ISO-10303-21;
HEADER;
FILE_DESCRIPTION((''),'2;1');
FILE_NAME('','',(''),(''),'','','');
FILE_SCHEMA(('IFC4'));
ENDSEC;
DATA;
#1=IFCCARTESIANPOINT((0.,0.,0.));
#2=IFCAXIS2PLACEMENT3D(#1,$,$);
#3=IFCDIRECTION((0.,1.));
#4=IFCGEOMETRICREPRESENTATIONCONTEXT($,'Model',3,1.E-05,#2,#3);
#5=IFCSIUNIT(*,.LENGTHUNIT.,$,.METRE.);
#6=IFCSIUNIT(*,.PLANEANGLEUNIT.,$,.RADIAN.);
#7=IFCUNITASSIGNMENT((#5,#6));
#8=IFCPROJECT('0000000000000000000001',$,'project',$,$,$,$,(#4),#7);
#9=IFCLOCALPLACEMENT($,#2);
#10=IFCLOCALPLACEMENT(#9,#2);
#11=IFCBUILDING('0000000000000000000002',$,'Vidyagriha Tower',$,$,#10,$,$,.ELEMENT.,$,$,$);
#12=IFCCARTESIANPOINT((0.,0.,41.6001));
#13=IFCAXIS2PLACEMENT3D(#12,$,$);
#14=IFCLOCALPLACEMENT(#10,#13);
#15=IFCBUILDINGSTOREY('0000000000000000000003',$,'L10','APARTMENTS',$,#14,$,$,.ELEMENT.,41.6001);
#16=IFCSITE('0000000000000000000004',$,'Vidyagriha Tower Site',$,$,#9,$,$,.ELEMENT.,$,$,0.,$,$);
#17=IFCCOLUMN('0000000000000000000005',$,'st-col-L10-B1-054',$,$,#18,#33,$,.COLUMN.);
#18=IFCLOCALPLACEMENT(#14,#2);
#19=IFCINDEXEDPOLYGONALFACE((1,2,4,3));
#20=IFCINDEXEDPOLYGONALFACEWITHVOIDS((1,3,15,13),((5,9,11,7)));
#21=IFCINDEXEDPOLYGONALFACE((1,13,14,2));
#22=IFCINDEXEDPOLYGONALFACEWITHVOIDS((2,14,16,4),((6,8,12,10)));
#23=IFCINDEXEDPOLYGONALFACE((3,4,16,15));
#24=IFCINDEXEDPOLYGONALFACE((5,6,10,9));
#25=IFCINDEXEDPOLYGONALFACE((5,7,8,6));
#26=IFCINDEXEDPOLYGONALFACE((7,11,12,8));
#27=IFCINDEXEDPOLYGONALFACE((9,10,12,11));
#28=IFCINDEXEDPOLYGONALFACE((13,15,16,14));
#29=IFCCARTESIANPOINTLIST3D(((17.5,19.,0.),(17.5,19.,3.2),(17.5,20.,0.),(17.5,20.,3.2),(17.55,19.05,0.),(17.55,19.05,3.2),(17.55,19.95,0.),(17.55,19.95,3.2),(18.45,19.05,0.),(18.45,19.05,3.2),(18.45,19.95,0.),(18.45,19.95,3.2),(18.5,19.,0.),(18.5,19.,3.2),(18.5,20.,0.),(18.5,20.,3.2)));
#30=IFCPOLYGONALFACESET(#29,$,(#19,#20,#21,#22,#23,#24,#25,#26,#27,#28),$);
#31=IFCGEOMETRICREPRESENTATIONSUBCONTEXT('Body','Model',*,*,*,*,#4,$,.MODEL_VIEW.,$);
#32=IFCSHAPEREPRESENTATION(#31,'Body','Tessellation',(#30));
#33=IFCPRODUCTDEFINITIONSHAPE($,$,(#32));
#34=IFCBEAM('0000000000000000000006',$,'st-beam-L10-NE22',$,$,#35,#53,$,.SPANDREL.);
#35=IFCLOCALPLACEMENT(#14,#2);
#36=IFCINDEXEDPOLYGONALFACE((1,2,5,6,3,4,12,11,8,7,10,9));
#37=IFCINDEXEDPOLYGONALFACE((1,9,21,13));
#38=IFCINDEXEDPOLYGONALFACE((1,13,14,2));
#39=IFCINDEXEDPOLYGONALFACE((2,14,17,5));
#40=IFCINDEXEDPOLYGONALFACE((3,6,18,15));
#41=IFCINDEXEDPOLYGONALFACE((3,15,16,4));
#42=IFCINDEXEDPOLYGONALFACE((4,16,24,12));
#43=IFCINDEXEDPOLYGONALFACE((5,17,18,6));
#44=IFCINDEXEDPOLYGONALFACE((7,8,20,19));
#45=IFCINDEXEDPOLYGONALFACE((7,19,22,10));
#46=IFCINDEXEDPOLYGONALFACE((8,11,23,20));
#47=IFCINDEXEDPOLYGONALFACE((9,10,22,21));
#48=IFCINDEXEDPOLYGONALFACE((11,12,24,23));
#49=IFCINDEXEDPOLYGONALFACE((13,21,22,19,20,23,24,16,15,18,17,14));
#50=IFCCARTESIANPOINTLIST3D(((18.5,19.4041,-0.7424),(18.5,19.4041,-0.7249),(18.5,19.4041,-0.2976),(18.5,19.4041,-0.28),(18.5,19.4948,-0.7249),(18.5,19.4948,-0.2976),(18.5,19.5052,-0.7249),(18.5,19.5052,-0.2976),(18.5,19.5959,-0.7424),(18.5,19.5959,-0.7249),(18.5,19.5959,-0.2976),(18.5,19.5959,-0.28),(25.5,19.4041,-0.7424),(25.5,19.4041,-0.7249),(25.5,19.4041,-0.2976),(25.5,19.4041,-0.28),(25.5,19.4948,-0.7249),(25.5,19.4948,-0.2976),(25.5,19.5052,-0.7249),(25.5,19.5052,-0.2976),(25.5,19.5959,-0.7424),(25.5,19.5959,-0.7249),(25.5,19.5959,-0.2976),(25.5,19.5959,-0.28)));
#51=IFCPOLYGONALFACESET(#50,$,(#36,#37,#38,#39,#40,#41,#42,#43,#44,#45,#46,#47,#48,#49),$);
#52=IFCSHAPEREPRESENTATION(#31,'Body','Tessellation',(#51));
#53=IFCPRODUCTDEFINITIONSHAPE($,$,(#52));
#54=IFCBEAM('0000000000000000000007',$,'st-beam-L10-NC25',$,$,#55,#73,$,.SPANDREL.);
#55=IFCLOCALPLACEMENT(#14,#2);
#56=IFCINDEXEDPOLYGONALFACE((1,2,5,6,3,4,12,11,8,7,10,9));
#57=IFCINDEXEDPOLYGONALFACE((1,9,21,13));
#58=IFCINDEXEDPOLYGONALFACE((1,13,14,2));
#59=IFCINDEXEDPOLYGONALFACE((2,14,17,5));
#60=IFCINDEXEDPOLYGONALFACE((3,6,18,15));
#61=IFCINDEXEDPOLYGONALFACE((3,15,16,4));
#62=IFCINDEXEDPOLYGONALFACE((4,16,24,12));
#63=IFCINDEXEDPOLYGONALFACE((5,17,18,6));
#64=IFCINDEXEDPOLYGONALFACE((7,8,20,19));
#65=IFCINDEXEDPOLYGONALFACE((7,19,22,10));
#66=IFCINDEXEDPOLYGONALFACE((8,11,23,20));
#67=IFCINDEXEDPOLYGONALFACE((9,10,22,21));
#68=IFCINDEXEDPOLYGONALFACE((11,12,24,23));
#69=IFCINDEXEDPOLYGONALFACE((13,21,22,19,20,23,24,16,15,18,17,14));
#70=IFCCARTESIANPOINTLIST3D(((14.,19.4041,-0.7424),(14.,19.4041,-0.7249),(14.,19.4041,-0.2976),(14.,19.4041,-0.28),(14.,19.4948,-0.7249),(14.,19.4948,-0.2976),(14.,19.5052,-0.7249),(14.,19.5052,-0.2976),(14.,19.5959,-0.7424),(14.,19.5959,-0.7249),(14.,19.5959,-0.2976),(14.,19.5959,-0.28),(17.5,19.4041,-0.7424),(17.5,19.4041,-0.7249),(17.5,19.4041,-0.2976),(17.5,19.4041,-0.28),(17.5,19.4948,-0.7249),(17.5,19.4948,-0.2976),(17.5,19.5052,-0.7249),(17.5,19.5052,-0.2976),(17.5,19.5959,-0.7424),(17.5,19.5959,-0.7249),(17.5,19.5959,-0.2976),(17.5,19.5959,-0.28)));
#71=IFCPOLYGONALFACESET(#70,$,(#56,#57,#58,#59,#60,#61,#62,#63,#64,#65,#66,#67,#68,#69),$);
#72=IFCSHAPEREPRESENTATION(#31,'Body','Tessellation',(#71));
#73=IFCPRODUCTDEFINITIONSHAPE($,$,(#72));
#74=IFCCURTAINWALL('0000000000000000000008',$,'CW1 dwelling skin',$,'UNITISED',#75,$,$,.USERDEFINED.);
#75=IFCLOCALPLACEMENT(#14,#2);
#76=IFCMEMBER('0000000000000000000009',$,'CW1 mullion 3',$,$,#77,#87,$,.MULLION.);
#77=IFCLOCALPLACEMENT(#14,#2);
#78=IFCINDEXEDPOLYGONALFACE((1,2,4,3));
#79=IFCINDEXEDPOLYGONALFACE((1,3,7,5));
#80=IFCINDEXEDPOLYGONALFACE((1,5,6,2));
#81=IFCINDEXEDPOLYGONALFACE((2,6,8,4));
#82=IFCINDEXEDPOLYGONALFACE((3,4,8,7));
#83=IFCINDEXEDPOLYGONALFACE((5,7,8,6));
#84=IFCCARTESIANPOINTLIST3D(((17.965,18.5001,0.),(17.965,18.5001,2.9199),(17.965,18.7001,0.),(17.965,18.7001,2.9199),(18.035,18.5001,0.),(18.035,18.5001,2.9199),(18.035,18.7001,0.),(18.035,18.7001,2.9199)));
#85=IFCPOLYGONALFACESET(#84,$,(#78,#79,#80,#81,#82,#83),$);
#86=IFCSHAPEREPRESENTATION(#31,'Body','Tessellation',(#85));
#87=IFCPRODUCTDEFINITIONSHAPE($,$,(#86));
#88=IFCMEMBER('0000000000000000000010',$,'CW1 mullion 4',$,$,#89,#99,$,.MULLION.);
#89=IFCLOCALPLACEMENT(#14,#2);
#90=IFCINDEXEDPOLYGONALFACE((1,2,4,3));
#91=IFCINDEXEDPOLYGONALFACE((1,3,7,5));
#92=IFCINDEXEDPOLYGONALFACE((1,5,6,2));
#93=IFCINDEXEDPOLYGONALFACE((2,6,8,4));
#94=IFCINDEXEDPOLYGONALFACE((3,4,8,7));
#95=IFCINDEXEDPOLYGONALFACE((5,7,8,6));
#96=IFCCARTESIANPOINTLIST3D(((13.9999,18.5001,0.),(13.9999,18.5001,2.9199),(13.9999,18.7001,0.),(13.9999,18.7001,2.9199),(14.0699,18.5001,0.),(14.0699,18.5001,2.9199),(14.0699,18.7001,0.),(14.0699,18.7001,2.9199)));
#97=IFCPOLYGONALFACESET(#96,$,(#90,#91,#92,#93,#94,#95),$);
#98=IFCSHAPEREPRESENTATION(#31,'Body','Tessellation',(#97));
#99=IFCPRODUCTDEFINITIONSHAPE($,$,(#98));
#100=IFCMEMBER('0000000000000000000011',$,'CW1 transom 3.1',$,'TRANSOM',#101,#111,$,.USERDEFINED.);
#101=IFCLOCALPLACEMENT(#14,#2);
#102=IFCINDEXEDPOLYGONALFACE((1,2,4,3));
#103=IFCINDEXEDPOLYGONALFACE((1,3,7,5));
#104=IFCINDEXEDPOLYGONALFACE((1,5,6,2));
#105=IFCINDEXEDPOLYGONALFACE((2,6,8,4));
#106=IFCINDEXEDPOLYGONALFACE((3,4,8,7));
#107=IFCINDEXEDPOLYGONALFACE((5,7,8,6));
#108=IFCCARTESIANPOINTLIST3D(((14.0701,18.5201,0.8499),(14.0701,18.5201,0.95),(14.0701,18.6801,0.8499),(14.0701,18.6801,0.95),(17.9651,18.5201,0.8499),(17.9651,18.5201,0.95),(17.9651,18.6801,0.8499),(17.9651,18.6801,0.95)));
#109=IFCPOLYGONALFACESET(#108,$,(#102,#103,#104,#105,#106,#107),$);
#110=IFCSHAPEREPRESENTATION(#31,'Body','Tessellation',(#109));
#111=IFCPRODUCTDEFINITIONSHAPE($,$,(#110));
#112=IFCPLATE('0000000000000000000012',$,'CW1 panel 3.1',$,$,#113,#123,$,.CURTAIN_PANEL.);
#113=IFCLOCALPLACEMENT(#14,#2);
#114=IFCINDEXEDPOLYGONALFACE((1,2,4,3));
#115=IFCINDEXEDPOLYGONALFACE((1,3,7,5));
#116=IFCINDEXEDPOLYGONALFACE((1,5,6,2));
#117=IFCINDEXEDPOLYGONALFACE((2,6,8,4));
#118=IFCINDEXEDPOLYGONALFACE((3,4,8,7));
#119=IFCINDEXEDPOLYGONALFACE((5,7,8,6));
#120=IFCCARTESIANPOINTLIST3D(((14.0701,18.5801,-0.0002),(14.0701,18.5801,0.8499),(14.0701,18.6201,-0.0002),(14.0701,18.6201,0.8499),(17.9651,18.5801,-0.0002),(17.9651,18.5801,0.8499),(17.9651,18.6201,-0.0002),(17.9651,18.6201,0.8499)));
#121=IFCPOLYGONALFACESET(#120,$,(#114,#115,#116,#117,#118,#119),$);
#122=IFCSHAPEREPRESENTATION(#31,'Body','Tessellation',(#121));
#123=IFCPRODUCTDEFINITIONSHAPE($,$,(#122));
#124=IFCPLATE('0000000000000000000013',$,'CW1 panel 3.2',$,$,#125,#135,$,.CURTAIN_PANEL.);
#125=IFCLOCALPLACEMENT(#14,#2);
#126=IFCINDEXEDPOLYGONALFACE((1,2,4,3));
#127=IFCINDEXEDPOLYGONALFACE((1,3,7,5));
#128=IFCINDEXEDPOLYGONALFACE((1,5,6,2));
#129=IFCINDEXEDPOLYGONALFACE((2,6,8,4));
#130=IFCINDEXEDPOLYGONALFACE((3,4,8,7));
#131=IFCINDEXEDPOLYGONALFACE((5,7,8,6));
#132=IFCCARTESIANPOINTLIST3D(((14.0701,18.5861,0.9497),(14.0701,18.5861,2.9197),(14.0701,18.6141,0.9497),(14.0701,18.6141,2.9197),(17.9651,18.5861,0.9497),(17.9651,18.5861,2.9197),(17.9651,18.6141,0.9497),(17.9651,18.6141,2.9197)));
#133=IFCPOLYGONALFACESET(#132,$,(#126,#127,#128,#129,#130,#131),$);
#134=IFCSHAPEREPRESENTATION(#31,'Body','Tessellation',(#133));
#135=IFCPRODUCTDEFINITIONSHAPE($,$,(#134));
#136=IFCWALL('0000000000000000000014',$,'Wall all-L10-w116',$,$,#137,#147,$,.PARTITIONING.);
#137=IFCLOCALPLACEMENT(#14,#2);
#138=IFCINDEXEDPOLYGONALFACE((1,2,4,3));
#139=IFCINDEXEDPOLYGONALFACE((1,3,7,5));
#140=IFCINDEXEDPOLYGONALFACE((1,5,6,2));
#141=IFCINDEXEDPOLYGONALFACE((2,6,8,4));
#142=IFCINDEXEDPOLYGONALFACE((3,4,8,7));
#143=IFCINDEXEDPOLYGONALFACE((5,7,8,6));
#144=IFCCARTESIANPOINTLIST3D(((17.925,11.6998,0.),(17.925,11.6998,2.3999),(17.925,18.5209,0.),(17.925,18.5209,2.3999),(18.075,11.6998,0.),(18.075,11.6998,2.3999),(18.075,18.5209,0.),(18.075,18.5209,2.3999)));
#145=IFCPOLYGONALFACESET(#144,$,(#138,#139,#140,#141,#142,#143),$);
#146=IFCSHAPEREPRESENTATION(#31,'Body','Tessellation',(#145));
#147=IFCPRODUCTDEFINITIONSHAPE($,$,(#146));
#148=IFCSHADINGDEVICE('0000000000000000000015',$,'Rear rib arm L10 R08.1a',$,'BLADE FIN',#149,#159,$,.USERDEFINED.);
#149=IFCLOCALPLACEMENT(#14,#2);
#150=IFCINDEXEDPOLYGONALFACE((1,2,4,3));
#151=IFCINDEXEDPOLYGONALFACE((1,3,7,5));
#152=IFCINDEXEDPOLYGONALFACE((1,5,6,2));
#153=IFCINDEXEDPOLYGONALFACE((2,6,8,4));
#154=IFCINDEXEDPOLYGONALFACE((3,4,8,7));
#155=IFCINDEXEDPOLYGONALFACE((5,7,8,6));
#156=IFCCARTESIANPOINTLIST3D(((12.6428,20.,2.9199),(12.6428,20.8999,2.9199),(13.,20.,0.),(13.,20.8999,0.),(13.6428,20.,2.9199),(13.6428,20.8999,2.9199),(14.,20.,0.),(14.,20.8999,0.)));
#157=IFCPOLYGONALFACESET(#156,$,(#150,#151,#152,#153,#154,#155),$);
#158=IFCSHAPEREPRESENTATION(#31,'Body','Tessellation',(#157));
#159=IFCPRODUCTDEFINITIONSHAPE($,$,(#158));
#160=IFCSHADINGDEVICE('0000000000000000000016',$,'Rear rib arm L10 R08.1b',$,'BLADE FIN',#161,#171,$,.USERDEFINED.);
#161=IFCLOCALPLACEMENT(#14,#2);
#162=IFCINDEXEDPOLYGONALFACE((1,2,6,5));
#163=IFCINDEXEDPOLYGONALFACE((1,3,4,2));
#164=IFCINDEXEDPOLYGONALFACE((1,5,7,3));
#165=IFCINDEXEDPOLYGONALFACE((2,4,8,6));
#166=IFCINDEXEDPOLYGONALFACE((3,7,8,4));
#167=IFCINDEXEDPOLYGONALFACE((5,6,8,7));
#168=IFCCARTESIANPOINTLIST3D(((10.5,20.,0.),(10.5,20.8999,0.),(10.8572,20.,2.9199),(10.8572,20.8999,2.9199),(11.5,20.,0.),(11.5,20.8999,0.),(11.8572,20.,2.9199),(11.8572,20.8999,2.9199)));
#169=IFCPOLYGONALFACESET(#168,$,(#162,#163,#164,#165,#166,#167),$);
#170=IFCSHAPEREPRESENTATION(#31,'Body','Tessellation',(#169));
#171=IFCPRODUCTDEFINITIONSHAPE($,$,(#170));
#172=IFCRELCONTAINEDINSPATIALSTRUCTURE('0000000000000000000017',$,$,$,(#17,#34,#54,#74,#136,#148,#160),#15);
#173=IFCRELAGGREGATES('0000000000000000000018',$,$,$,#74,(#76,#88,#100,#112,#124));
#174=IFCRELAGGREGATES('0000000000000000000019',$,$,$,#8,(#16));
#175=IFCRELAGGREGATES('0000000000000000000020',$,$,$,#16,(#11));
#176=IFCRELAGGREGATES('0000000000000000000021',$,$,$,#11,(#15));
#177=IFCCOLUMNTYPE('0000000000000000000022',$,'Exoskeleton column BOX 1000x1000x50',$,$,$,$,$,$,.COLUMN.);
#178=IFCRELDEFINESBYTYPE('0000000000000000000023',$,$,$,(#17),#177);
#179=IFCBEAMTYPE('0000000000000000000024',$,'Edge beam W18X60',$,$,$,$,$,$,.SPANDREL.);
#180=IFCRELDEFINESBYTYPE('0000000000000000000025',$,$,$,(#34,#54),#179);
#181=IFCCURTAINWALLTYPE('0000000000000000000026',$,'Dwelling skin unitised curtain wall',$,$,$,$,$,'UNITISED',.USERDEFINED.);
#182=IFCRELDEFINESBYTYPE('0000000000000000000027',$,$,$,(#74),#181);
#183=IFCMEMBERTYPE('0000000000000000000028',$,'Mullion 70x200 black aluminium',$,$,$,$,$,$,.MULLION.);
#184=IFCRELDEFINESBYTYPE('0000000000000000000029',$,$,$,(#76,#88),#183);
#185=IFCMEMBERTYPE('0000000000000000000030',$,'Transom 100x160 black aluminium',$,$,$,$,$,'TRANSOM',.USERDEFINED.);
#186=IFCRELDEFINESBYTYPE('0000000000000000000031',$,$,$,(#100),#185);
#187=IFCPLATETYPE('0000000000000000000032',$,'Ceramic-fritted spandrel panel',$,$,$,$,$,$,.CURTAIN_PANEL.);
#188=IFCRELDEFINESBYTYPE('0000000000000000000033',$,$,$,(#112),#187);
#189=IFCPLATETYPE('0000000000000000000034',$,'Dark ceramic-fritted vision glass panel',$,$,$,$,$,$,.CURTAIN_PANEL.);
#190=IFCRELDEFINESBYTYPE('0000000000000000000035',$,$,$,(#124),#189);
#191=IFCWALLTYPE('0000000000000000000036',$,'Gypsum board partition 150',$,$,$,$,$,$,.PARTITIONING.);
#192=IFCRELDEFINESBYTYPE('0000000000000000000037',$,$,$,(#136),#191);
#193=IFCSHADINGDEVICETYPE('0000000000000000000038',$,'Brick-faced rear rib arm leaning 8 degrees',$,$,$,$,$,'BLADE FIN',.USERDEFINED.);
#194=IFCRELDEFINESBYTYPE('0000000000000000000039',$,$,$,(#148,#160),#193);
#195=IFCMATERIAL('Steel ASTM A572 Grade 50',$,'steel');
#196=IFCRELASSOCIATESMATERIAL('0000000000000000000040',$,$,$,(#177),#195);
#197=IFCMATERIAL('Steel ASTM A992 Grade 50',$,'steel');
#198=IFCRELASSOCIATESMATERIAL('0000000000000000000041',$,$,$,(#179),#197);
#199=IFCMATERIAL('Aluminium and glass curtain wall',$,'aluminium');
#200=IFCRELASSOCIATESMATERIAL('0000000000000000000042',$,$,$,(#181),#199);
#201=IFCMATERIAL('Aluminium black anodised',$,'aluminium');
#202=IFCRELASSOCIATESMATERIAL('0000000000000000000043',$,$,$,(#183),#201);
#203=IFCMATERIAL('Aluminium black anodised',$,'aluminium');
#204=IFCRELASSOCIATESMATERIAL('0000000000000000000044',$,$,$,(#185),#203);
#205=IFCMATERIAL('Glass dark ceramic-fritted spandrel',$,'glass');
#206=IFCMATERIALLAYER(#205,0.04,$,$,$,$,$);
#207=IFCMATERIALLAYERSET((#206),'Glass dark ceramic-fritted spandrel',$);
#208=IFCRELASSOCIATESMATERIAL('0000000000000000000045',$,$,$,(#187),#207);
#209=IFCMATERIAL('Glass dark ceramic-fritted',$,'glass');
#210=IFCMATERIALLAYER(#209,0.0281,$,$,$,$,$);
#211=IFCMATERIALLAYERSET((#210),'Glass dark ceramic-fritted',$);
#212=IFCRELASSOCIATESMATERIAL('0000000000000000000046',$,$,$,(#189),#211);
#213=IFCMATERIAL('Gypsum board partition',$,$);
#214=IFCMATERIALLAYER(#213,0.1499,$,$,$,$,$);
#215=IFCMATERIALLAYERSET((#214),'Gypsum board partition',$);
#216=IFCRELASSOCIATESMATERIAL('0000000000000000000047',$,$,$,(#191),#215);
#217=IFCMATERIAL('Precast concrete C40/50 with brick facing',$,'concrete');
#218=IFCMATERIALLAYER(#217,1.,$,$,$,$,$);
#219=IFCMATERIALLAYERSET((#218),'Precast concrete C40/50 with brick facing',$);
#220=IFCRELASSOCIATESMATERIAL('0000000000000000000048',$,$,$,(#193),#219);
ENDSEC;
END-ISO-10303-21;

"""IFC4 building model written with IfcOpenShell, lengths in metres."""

from ifc_helpers import new_model, si_unit, direction, frame, frame_2d, origin, origin_2d, place, context, subcontext, project, spatial, polyline, rectangle, hollow_rectangle, i_section, outline, extrude, material, layer, layer_set, material_profile, profile_set, type_object, element, aggregate, save


model = new_model("IFC4")

# Units and contexts
model_context = context("Model", 3, precision=1e-05, world=origin(), true_north=direction((0.0, 1.0)))
body_context = subcontext(model_context, "Body", "Model", "MODEL_VIEW")
ifc_project = project(units=[si_unit("LENGTHUNIT", "METRE"), si_unit("PLANEANGLEUNIT", "RADIAN")], contexts=[model_context])

# Site, building, storey
site_placement = place(None, origin())
site = spatial("IfcSite", under=ifc_project, at=site_placement, Name="Vidyagriha Tower Site", CompositionType="ELEMENT", RefElevation=0.0)
building_placement = place(site_placement, origin())
building = spatial("IfcBuilding", under=site, at=building_placement, Name="Vidyagriha Tower", CompositionType="ELEMENT")
storey_placement = place(building_placement, frame((0.0, 0.0, 41.6001)))
storey = spatial("IfcBuildingStorey", under=building, at=storey_placement, Name="L10", Description="APARTMENTS", CompositionType="ELEMENT", Elevation=41.6001)

# Column
ifc_material_1 = material(Name="Steel ASTM A572 Grade 50", Category="steel")
ifc_material_profile_1 = material_profile(ifc_material_1, hollow_rectangle(XDim=1.0, YDim=1.0, WallThickness=0.05, at=origin_2d()), Name="BOX 1000x1000x50")
ifc_profile_set_1 = profile_set([ifc_material_profile_1], Name="Steel ASTM A572 Grade 50")
column_type = type_object("IfcColumnType", Name="Exoskeleton column BOX 1000x1000x50", PredefinedType="COLUMN", material=ifc_profile_set_1)
column_placement = place(storey_placement, frame((18.0, 19.5, 0.0)))
element("IfcColumn", 1, at=column_placement, inside=storey, type_object=column_type, Name="st-col-L10-B1-054", PredefinedType="COLUMN", context=body_context, shape_type="SweptSolid", body=[
    extrude(hollow_rectangle(XDim=1.0, YDim=1.0, WallThickness=0.05, at=origin_2d()), origin(), (0.0, 0.0, 1.0), 3.2),
])

# Beams
ifc_material_2 = material(Name="Steel ASTM A992 Grade 50", Category="steel")
ifc_material_profile_2 = material_profile(ifc_material_2, i_section(OverallWidth=0.1919, OverallDepth=0.4624, WebThickness=0.0105, FlangeThickness=0.0176, at=origin_2d()), Name="W18X60")
ifc_profile_set_2 = profile_set([ifc_material_profile_2], Name="Steel ASTM A992 Grade 50")
beam_type = type_object("IfcBeamType", Name="Edge beam W18X60", PredefinedType="SPANDREL", material=ifc_profile_set_2)
beam_1_placement = place(storey_placement, frame((18.5, 19.5, -0.5112), z_axis=(1.0, 0.0, 0.0), x_axis=(0.0, 1.0, 0.0)))
element("IfcBeam", 2, at=beam_1_placement, inside=storey, type_object=beam_type, Name="st-beam-L10-NE22", PredefinedType="SPANDREL", context=body_context, shape_type="SweptSolid", body=[
    extrude(i_section(OverallWidth=0.1919, OverallDepth=0.4624, WebThickness=0.0105, FlangeThickness=0.0176, at=origin_2d()), origin(), (0.0, 0.0, 1.0), 7.0),
])
beam_2_placement = place(storey_placement, frame((14.0, 19.5, -0.5112), z_axis=(1.0, 0.0, 0.0), x_axis=(0.0, 1.0, 0.0)))
element("IfcBeam", 3, at=beam_2_placement, inside=storey, type_object=beam_type, Name="st-beam-L10-NC25", PredefinedType="SPANDREL", context=body_context, shape_type="SweptSolid", body=[
    extrude(i_section(OverallWidth=0.1919, OverallDepth=0.4624, WebThickness=0.0105, FlangeThickness=0.0176, at=origin_2d()), origin(), (0.0, 0.0, 1.0), 3.5),
])

# Curtain wall, members, plates
ifc_material_3 = material(Name="Aluminium and glass curtain wall", Category="aluminium")
curtain_wall_type = type_object("IfcCurtainWallType", Name="Dwelling skin unitised curtain wall", ElementType="UNITISED", PredefinedType="USERDEFINED", material=ifc_material_3)
curtain_wall_placement = place(storey_placement, origin())
curtain_wall = element("IfcCurtainWall", 4, at=curtain_wall_placement, inside=storey, type_object=curtain_wall_type, Name="CW1 dwelling skin", ObjectType="UNITISED", PredefinedType="USERDEFINED")
ifc_material_4 = material(Name="Aluminium black anodised", Category="aluminium")
ifc_material_profile_3 = material_profile(ifc_material_4, rectangle(XDim=0.2, YDim=0.0701, at=origin_2d()), Name="Mullion 70x200 black aluminium")
ifc_profile_set_3 = profile_set([ifc_material_profile_3], Name="Aluminium black anodised")
member_type_1 = type_object("IfcMemberType", Name="Mullion 70x200 black aluminium", PredefinedType="MULLION", material=ifc_profile_set_3)
member_1_placement = place(storey_placement, frame((18.0, 18.6001, 0.0), z_axis=(0.0, 0.0, 1.0), x_axis=(0.0, -1.0, 0.0)))
member_1 = element("IfcMember", 5, at=member_1_placement, type_object=member_type_1, Name="CW1 mullion 3", PredefinedType="MULLION", context=body_context, shape_type="SweptSolid", body=[
    extrude(rectangle(XDim=0.2, YDim=0.0701, at=origin_2d()), origin(), (0.0, 0.0, 1.0), 2.9199),
])
member_2_placement = place(storey_placement, frame((14.0349, 18.6001, 0.0), z_axis=(0.0, 0.0, 1.0), x_axis=(0.0, -1.0, 0.0)))
member_2 = element("IfcMember", 6, at=member_2_placement, type_object=member_type_1, Name="CW1 mullion 4", PredefinedType="MULLION", context=body_context, shape_type="SweptSolid", body=[
    extrude(rectangle(XDim=0.2, YDim=0.0701, at=origin_2d()), origin(), (0.0, 0.0, 1.0), 2.9199),
])
ifc_material_5 = material(Name="Aluminium black anodised", Category="aluminium")
ifc_material_profile_4 = material_profile(ifc_material_5, rectangle(XDim=0.1599, YDim=0.1001, at=origin_2d()), Name="Transom 100x160 black aluminium")
ifc_profile_set_4 = profile_set([ifc_material_profile_4], Name="Aluminium black anodised")
member_type_2 = type_object("IfcMemberType", Name="Transom 100x160 black aluminium", ElementType="TRANSOM", PredefinedType="USERDEFINED", material=ifc_profile_set_4)
member_3_placement = place(storey_placement, frame((17.9651, 18.6001, 0.8999), z_axis=(-1.0, 0.0, 0.0), x_axis=(0.0, -1.0, 0.0)))
member_3 = element("IfcMember", 7, at=member_3_placement, type_object=member_type_2, Name="CW1 transom 3.1", ObjectType="TRANSOM", PredefinedType="USERDEFINED", context=body_context, shape_type="SweptSolid", body=[
    extrude(rectangle(XDim=0.1599, YDim=0.1001, at=origin_2d()), origin(), (0.0, 0.0, 1.0), 3.895),
])
ifc_material_6 = material(Name="Glass dark ceramic-fritted spandrel", Category="glass")
ifc_layer_1 = layer(ifc_material_6, 0.04)
ifc_layer_set_1 = layer_set([ifc_layer_1], Name="Glass dark ceramic-fritted spandrel")
plate_type_1 = type_object("IfcPlateType", Name="Ceramic-fritted spandrel panel", PredefinedType="CURTAIN_PANEL", material=ifc_layer_set_1)
plate_1_placement = place(storey_placement, frame((16.0176, 18.6001, -0.0002), z_axis=(0.0, 0.0, 1.0), x_axis=(-1.0, 0.0, 0.0)))
plate_1 = element("IfcPlate", 8, at=plate_1_placement, type_object=plate_type_1, Name="CW1 panel 3.1", PredefinedType="CURTAIN_PANEL", context=body_context, shape_type="SweptSolid", body=[
    extrude(rectangle(XDim=3.895, YDim=0.04, at=origin_2d()), origin(), (0.0, 0.0, 1.0), 0.8501),
])
ifc_material_7 = material(Name="Glass dark ceramic-fritted", Category="glass")
ifc_layer_2 = layer(ifc_material_7, 0.0281)
ifc_layer_set_2 = layer_set([ifc_layer_2], Name="Glass dark ceramic-fritted")
plate_type_2 = type_object("IfcPlateType", Name="Dark ceramic-fritted vision glass panel", PredefinedType="CURTAIN_PANEL", material=ifc_layer_set_2)
plate_2_placement = place(storey_placement, frame((16.0176, 18.6001, 0.9497), z_axis=(0.0, 0.0, 1.0), x_axis=(-1.0, 0.0, 0.0)))
plate_2 = element("IfcPlate", 9, at=plate_2_placement, type_object=plate_type_2, Name="CW1 panel 3.2", PredefinedType="CURTAIN_PANEL", context=body_context, shape_type="SweptSolid", body=[
    extrude(rectangle(XDim=3.895, YDim=0.0281, at=origin_2d()), origin(), (0.0, 0.0, 1.0), 1.97),
])
aggregate(curtain_wall, [member_1, member_2, member_3, plate_1, plate_2])

# Wall
ifc_material_8 = material(Name="Gypsum board partition")
ifc_layer_3 = layer(ifc_material_8, 0.1499)
ifc_layer_set_3 = layer_set([ifc_layer_3], Name="Gypsum board partition")
wall_type = type_object("IfcWallType", Name="Gypsum board partition 150", PredefinedType="PARTITIONING", material=ifc_layer_set_3)
wall_placement = place(storey_placement, frame((18.0, 18.521, 0.0), z_axis=(0.0, 0.0, 1.0), x_axis=(0.0, -1.0, 0.0)))
element("IfcWall", 10, at=wall_placement, inside=storey, type_object=wall_type, Name="Wall all-L10-w116", PredefinedType="PARTITIONING", context=body_context, shape_type="SweptSolid", body=[
    extrude(rectangle(XDim=6.821, YDim=0.1499, at=frame_2d((3.4106, 0.0))), origin(), (0.0, 0.0, 1.0), 2.3999),
])

# Shading devices
ifc_material_9 = material(Name="Precast concrete C40/50 with brick facing", Category="concrete")
ifc_layer_4 = layer(ifc_material_9, 1.0)
ifc_layer_set_4 = layer_set([ifc_layer_4], Name="Precast concrete C40/50 with brick facing")
shading_device_type_1 = type_object("IfcShadingDeviceType", Name="Brick-faced rear rib arm leaning 8 degrees", ElementType="BLADE FIN", PredefinedType="USERDEFINED", material=ifc_layer_set_4)
shading_device_1_placement = place(storey_placement, frame((14.0, 20.45, 0.0), z_axis=(0.0, 0.0, 1.0), x_axis=(-1.0, 0.0, 0.0)))
element("IfcShadingDevice", 11, at=shading_device_1_placement, inside=storey, type_object=shading_device_type_1, Name="Rear rib arm L10 R08.1a", ObjectType="BLADE FIN", PredefinedType="USERDEFINED", context=body_context, shape_type="SweptSolid", body=[
    extrude(outline(polyline([(0.0, 0.0), (1.0, 0.0), (1.3572, 2.9199), (0.3572, 2.9199), (0.0, 0.0)])), frame((0.0, 0.45, 0.0), z_axis=(0.0, -1.0, 0.0), x_axis=(1.0, 0.0, 0.0)), (0.0, 0.0, 1.0), 0.8999),
])
shading_device_2_placement = place(storey_placement, frame((11.8572, 20.45, 0.0), z_axis=(0.0, 0.0, 1.0), x_axis=(-1.0, 0.0, 0.0)))
element("IfcShadingDevice", 12, at=shading_device_2_placement, inside=storey, type_object=shading_device_type_1, Name="Rear rib arm L10 R08.1b", ObjectType="BLADE FIN", PredefinedType="USERDEFINED", context=body_context, shape_type="SweptSolid", body=[
    extrude(outline(polyline([(0.3572, 0.0), (1.3572, 0.0), (1.0, 2.9199), (0.0, 2.9199), (0.3572, 0.0)])), frame((0.0, 0.45, 0.0), z_axis=(0.0, -1.0, 0.0), x_axis=(1.0, 0.0, 0.0)), (0.0, 0.0, 1.0), 0.8999),
])

save(model, "model.ifc")
